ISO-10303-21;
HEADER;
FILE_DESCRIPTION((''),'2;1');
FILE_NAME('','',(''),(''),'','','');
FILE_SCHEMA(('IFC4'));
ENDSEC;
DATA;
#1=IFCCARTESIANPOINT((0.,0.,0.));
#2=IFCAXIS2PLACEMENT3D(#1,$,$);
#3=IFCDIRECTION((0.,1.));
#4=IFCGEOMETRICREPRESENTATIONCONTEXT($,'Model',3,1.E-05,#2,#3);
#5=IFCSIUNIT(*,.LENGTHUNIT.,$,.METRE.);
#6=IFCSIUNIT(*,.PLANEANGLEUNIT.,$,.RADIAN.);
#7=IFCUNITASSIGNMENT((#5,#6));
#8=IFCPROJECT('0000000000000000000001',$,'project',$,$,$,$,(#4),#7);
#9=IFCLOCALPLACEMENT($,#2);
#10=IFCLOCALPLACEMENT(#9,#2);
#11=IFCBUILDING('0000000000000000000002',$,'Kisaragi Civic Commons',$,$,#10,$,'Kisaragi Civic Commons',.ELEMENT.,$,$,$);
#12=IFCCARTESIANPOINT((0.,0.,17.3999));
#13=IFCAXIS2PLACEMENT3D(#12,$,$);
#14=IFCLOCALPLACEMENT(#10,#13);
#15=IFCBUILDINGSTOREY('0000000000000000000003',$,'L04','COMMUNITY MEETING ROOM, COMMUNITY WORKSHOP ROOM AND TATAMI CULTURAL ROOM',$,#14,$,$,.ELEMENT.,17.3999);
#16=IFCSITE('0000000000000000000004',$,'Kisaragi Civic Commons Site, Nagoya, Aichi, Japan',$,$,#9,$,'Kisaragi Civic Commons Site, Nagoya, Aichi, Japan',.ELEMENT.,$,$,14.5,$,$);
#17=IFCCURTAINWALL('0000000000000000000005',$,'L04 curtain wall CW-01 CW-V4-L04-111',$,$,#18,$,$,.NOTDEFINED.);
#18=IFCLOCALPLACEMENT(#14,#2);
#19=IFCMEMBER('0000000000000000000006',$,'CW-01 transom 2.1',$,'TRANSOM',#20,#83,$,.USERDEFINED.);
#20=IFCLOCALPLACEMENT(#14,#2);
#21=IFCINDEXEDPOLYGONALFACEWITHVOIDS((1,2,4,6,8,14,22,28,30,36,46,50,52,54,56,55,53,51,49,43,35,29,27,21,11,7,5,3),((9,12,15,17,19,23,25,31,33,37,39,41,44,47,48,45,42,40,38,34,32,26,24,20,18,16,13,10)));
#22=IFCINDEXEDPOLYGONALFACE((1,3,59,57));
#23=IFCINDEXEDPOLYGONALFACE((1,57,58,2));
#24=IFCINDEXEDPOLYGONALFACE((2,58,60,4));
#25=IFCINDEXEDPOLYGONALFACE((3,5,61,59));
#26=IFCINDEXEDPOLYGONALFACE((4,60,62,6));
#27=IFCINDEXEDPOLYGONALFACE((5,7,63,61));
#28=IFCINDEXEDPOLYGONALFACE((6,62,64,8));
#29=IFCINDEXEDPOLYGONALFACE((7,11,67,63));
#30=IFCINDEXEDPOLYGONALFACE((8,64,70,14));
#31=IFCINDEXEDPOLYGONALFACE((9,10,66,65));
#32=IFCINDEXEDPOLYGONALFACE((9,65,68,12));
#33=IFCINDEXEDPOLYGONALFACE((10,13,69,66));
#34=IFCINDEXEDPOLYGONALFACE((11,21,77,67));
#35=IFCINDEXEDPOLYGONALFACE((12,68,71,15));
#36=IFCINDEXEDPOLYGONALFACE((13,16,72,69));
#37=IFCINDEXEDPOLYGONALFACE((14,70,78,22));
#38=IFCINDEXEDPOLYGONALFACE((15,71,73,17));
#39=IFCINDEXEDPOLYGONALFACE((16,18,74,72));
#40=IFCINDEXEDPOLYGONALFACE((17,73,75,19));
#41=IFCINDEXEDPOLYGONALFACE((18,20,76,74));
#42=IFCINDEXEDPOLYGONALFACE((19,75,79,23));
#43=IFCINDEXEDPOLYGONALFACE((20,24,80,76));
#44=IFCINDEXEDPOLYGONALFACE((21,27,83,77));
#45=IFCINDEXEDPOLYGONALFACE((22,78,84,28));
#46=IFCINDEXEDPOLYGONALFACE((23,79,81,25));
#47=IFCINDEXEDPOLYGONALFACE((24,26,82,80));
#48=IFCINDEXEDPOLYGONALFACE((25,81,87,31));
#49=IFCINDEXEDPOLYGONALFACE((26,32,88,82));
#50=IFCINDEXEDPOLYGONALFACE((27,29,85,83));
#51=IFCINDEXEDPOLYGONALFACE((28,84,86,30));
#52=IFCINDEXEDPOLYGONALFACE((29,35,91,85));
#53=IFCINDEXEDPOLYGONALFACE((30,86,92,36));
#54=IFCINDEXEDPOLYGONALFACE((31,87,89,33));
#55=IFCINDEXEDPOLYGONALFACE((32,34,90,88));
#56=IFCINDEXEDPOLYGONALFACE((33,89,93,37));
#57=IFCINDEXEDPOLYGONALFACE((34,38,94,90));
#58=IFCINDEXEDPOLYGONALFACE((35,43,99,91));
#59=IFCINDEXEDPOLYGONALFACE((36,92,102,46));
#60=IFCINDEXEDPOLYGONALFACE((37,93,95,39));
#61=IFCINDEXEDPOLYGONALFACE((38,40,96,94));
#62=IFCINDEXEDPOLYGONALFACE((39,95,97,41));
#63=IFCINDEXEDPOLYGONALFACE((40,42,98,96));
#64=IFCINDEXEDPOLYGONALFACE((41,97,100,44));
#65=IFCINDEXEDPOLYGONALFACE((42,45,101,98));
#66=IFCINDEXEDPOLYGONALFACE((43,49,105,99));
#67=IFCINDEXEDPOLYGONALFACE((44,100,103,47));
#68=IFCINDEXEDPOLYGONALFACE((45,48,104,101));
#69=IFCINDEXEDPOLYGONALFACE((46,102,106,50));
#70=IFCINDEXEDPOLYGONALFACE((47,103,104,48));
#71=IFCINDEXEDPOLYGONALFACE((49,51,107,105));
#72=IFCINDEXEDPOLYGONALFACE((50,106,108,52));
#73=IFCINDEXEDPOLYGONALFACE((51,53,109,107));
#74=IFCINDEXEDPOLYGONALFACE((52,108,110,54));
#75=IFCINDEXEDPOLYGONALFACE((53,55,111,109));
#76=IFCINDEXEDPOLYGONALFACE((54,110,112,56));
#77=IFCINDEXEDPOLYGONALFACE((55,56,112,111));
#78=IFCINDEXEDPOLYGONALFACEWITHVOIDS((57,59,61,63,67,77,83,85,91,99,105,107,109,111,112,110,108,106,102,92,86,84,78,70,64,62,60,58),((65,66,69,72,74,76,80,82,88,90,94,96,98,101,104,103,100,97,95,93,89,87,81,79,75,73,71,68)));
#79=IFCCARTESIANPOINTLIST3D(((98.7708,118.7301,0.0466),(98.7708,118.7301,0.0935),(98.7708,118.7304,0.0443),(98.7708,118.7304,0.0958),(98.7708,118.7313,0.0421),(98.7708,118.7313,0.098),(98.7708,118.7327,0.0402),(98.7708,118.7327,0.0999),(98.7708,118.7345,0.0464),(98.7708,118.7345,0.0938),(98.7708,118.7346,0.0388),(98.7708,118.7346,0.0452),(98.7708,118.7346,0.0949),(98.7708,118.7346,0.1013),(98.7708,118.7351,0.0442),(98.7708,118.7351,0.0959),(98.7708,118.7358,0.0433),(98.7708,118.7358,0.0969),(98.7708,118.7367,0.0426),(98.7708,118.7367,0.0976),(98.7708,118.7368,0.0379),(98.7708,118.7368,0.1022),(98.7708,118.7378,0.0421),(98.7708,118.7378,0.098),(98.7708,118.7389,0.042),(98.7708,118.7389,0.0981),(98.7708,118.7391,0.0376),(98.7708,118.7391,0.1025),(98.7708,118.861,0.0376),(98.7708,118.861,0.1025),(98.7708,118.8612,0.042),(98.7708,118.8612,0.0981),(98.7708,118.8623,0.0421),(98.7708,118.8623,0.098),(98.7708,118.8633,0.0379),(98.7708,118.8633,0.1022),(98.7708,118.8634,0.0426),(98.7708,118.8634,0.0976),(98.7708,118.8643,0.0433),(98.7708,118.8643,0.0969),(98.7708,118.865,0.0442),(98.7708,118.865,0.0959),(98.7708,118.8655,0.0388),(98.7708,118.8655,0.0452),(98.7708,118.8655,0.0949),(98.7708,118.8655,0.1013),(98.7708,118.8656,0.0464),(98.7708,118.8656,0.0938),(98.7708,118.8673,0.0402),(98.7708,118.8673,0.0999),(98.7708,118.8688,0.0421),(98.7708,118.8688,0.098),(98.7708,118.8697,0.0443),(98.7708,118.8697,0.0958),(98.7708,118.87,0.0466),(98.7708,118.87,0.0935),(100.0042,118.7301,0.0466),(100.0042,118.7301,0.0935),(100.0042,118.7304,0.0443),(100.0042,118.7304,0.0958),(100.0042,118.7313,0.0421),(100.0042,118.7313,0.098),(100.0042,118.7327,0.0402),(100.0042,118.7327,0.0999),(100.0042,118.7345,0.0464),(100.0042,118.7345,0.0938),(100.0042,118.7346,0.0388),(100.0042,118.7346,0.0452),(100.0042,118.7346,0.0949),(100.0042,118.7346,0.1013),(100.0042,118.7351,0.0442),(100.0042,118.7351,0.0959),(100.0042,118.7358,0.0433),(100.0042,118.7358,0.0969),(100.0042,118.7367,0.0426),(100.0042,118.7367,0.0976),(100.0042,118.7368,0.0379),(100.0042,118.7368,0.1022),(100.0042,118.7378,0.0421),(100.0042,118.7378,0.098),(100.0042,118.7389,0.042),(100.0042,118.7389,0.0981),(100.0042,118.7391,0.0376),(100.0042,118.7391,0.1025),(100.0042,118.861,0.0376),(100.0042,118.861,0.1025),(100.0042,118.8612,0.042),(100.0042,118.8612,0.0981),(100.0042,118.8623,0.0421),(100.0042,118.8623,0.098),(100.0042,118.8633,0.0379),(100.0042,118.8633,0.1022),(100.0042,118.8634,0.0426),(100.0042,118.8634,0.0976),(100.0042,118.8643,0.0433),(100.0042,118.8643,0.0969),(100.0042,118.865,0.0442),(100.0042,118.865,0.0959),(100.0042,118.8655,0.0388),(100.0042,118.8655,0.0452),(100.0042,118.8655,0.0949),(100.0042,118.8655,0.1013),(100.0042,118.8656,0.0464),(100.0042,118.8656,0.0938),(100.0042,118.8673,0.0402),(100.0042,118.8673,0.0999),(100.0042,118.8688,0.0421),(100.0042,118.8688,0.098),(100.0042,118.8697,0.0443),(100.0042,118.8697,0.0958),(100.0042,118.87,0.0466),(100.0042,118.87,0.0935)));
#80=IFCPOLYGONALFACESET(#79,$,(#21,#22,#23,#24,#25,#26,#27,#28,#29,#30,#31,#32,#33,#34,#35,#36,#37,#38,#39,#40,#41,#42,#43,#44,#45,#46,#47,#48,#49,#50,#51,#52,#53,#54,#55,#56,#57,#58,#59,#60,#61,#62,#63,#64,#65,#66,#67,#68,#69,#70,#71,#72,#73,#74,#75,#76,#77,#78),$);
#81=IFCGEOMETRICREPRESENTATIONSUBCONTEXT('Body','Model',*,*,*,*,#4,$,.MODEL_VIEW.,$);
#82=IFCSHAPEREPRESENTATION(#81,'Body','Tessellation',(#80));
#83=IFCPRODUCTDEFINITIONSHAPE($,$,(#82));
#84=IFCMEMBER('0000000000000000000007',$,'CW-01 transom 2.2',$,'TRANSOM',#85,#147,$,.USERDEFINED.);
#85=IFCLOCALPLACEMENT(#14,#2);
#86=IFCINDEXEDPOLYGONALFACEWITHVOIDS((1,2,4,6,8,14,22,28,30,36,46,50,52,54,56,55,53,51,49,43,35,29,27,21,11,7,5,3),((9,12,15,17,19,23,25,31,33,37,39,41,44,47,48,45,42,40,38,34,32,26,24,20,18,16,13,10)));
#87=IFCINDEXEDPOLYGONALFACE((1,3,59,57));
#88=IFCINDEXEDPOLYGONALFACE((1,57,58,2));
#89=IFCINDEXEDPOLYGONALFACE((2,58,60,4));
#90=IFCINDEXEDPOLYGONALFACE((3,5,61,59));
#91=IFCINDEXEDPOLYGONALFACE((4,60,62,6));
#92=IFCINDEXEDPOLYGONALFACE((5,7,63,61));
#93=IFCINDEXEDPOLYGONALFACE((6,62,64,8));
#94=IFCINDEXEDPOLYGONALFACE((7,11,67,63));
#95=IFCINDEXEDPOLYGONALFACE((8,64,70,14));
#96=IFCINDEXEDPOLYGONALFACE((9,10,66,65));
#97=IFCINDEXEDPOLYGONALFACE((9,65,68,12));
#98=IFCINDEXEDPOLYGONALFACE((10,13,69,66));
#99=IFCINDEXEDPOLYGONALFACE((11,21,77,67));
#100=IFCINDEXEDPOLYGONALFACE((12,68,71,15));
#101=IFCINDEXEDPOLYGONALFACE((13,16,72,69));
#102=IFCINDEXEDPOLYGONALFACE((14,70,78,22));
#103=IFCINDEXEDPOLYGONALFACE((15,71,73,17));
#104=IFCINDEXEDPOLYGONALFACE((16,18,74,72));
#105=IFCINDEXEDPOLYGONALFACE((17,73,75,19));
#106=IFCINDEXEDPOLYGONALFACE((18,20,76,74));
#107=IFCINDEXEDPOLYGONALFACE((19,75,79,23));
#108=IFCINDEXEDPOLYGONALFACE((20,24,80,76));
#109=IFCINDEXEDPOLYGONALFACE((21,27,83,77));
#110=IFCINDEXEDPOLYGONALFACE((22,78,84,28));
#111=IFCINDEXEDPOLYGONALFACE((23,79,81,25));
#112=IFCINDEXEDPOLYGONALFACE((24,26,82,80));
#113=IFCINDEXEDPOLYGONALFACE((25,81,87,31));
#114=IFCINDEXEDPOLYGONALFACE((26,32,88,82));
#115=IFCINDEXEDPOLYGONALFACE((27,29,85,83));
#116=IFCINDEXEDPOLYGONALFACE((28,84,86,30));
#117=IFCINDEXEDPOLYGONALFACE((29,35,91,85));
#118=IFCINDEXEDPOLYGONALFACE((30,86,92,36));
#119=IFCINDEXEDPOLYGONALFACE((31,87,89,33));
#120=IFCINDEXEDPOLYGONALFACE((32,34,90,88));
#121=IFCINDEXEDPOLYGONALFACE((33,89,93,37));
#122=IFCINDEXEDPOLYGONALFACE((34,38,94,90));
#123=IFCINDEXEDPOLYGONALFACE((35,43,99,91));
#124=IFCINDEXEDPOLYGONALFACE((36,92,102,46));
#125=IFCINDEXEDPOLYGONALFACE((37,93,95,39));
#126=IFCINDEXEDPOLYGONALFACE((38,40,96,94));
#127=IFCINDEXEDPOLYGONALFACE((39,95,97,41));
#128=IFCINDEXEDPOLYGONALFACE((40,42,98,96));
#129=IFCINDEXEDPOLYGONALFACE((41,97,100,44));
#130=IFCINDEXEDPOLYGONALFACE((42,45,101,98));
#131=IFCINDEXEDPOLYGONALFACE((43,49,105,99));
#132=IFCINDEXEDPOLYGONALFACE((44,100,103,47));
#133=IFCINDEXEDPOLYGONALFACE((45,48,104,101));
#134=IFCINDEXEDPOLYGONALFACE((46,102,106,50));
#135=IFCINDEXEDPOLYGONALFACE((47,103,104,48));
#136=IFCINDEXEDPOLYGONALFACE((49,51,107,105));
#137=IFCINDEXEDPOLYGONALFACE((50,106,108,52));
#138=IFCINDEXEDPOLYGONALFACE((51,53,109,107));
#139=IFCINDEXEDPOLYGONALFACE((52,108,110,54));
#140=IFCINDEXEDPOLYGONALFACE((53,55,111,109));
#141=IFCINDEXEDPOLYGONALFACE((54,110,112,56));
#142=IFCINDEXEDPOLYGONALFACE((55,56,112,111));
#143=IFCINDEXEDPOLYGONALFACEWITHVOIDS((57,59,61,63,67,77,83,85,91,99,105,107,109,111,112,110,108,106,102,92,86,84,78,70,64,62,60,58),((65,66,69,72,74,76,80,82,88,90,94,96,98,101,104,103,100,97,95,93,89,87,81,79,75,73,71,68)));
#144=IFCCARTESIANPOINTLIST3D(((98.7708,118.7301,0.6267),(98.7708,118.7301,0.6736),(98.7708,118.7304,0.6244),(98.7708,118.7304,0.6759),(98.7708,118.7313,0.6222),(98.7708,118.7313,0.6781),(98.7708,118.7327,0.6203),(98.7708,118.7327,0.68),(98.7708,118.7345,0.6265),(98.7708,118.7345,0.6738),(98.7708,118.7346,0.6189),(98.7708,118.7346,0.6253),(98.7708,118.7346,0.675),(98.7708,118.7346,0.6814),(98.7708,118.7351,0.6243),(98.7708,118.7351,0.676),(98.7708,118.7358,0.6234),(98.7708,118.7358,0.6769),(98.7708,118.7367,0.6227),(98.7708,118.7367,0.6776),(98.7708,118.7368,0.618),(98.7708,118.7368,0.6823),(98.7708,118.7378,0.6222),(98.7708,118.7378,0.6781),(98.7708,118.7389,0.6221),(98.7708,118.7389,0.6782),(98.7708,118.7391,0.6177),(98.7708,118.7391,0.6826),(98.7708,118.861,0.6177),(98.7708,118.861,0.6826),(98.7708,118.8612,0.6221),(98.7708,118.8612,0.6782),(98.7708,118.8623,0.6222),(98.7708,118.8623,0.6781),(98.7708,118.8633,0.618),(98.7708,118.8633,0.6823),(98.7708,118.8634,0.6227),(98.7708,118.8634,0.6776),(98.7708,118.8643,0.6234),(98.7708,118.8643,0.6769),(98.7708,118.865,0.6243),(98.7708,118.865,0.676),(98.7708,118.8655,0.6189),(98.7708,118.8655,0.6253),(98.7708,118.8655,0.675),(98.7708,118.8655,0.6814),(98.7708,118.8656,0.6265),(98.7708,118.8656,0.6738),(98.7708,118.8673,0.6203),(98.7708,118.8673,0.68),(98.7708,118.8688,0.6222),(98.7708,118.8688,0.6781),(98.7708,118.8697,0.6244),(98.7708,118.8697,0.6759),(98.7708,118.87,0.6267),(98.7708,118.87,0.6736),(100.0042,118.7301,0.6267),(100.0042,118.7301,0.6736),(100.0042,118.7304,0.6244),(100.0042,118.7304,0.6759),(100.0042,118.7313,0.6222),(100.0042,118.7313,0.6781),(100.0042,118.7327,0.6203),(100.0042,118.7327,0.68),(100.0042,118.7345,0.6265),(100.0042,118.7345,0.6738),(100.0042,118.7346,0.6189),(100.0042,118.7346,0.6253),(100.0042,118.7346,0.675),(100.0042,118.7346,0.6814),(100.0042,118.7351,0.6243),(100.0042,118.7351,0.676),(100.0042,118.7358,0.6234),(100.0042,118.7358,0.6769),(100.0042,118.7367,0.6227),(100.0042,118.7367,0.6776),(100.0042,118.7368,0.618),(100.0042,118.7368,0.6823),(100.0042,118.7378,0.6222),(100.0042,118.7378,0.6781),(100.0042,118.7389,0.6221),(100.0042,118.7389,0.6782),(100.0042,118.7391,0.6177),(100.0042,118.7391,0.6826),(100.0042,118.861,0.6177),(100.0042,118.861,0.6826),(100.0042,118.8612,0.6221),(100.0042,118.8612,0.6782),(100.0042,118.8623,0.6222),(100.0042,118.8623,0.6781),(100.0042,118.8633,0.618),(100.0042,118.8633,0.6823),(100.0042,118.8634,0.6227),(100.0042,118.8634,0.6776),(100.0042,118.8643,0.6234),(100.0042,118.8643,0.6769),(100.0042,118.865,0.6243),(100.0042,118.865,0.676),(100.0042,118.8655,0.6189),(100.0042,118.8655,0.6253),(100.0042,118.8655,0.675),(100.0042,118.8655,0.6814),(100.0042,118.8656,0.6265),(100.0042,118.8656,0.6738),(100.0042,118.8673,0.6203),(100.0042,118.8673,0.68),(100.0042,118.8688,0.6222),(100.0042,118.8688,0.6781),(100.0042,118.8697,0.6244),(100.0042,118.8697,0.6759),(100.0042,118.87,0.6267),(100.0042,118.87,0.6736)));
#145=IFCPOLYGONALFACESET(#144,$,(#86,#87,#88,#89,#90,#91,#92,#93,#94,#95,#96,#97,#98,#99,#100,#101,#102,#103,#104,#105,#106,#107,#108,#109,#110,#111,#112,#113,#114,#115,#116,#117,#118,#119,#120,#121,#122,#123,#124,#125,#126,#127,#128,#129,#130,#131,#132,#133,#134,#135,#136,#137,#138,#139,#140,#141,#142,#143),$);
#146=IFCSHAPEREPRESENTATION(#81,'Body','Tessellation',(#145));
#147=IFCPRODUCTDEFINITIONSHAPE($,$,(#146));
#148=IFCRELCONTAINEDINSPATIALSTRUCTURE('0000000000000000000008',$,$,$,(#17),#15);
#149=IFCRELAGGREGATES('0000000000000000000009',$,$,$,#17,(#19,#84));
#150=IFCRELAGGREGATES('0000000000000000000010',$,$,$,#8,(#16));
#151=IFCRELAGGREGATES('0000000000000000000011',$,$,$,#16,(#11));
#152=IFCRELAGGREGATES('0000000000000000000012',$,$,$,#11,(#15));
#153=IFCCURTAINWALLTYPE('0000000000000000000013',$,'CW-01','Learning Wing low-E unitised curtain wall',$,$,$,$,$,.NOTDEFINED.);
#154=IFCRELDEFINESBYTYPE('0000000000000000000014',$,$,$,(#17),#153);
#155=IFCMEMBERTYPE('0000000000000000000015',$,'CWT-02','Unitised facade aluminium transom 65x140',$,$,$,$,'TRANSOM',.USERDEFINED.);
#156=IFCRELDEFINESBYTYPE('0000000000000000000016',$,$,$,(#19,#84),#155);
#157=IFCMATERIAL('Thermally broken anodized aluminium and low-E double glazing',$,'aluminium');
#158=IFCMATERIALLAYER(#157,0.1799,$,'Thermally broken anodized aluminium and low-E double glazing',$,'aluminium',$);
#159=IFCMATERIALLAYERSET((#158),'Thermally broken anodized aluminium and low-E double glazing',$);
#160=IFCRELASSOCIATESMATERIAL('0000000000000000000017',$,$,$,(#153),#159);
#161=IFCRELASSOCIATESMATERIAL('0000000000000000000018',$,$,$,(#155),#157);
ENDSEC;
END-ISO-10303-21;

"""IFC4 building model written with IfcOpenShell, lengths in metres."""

from ifc_helpers import new_model, si_unit, direction, frame, origin, origin_2d, place, context, subcontext, project, spatial, hollow_rectangle, extrude, material, layer, layer_set, material_profile, profile_set, type_object, element, aggregate, save


model = new_model("IFC4")

# Units and contexts
model_context = context("Model", 3, precision=1e-05, world=origin(), true_north=direction((0.0, 1.0)))
body_context = subcontext(model_context, "Body", "Model", "MODEL_VIEW")
ifc_project = project(units=[si_unit("LENGTHUNIT", "METRE"), si_unit("PLANEANGLEUNIT", "RADIAN")], contexts=[model_context])

# Site, building, storey
site_placement = place(None, origin())
site = spatial("IfcSite", under=ifc_project, at=site_placement, Name="Kisaragi Civic Commons Site, Nagoya, Aichi, Japan", LongName="Kisaragi Civic Commons Site, Nagoya, Aichi, Japan", CompositionType="ELEMENT", RefElevation=14.5)
building_placement = place(site_placement, origin())
building = spatial("IfcBuilding", under=site, at=building_placement, Name="Kisaragi Civic Commons", LongName="Kisaragi Civic Commons", CompositionType="ELEMENT")
storey_placement = place(building_placement, frame((0.0, 0.0, 17.3999)))
storey = spatial("IfcBuildingStorey", under=building, at=storey_placement, Name="L04", Description="COMMUNITY MEETING ROOM, COMMUNITY WORKSHOP ROOM AND TATAMI CULTURAL ROOM", CompositionType="ELEMENT", Elevation=17.3999)

# Curtain wall, members
ifc_material_1 = material(Name="Thermally broken anodized aluminium and low-E double glazing", Category="aluminium")
ifc_layer_1 = layer(ifc_material_1, 0.1799, Name="Thermally broken anodized aluminium and low-E double glazing", Category="aluminium")
ifc_layer_set_1 = layer_set([ifc_layer_1], Name="Thermally broken anodized aluminium and low-E double glazing")
curtain_wall_type = type_object("IfcCurtainWallType", Name="CW-01", Description="Learning Wing low-E unitised curtain wall", PredefinedType="NOTDEFINED", material=ifc_layer_set_1)
curtain_wall_placement = place(storey_placement, origin())
curtain_wall = element("IfcCurtainWall", 1, at=curtain_wall_placement, inside=storey, type_object=curtain_wall_type, Name="L04 curtain wall CW-01 CW-V4-L04-111", PredefinedType="NOTDEFINED")
ifc_material_profile_1 = material_profile(ifc_material_1, hollow_rectangle(XDim=0.1399, YDim=0.0649, WallThickness=0.0044, InnerFilletRadius=0.0044, OuterFilletRadius=0.009, at=origin_2d()), Name="CWT-65x140x4.5", Category="aluminium")
ifc_profile_set_1 = profile_set([ifc_material_profile_1], Name="Thermally broken anodized aluminium and low-E double glazing")
member_type_1 = type_object("IfcMemberType", Name="CWT-02", Description="Unitised facade aluminium transom 65x140", ElementType="TRANSOM", PredefinedType="USERDEFINED", material=ifc_profile_set_1)
member_1_placement = place(storey_placement, frame((98.7708, 118.8, 0.0701), z_axis=(1.0, 0.0, 0.0), x_axis=(0.0, 1.0, 0.0)))
member_1 = element("IfcMember", 2, at=member_1_placement, type_object=member_type_1, Name="CW-01 transom 2.1", ObjectType="TRANSOM", PredefinedType="USERDEFINED", context=body_context, shape_type="SweptSolid", body=[
    extrude(hollow_rectangle(XDim=0.1399, YDim=0.0649, WallThickness=0.0044, InnerFilletRadius=0.0044, OuterFilletRadius=0.009, at=origin_2d()), origin(), (0.0, 0.0, 1.0), 1.2334),
])
member_2_placement = place(storey_placement, frame((98.7708, 118.8, 0.6501), z_axis=(1.0, 0.0, 0.0), x_axis=(0.0, 1.0, 0.0)))
member_2 = element("IfcMember", 3, at=member_2_placement, type_object=member_type_1, Name="CW-01 transom 2.2", ObjectType="TRANSOM", PredefinedType="USERDEFINED", context=body_context, shape_type="SweptSolid", body=[
    extrude(hollow_rectangle(XDim=0.1399, YDim=0.0649, WallThickness=0.0044, InnerFilletRadius=0.0044, OuterFilletRadius=0.009, at=origin_2d()), origin(), (0.0, 0.0, 1.0), 1.2334),
])

aggregate(curtain_wall, [member_1, member_2])

save(model, "model.ifc")
